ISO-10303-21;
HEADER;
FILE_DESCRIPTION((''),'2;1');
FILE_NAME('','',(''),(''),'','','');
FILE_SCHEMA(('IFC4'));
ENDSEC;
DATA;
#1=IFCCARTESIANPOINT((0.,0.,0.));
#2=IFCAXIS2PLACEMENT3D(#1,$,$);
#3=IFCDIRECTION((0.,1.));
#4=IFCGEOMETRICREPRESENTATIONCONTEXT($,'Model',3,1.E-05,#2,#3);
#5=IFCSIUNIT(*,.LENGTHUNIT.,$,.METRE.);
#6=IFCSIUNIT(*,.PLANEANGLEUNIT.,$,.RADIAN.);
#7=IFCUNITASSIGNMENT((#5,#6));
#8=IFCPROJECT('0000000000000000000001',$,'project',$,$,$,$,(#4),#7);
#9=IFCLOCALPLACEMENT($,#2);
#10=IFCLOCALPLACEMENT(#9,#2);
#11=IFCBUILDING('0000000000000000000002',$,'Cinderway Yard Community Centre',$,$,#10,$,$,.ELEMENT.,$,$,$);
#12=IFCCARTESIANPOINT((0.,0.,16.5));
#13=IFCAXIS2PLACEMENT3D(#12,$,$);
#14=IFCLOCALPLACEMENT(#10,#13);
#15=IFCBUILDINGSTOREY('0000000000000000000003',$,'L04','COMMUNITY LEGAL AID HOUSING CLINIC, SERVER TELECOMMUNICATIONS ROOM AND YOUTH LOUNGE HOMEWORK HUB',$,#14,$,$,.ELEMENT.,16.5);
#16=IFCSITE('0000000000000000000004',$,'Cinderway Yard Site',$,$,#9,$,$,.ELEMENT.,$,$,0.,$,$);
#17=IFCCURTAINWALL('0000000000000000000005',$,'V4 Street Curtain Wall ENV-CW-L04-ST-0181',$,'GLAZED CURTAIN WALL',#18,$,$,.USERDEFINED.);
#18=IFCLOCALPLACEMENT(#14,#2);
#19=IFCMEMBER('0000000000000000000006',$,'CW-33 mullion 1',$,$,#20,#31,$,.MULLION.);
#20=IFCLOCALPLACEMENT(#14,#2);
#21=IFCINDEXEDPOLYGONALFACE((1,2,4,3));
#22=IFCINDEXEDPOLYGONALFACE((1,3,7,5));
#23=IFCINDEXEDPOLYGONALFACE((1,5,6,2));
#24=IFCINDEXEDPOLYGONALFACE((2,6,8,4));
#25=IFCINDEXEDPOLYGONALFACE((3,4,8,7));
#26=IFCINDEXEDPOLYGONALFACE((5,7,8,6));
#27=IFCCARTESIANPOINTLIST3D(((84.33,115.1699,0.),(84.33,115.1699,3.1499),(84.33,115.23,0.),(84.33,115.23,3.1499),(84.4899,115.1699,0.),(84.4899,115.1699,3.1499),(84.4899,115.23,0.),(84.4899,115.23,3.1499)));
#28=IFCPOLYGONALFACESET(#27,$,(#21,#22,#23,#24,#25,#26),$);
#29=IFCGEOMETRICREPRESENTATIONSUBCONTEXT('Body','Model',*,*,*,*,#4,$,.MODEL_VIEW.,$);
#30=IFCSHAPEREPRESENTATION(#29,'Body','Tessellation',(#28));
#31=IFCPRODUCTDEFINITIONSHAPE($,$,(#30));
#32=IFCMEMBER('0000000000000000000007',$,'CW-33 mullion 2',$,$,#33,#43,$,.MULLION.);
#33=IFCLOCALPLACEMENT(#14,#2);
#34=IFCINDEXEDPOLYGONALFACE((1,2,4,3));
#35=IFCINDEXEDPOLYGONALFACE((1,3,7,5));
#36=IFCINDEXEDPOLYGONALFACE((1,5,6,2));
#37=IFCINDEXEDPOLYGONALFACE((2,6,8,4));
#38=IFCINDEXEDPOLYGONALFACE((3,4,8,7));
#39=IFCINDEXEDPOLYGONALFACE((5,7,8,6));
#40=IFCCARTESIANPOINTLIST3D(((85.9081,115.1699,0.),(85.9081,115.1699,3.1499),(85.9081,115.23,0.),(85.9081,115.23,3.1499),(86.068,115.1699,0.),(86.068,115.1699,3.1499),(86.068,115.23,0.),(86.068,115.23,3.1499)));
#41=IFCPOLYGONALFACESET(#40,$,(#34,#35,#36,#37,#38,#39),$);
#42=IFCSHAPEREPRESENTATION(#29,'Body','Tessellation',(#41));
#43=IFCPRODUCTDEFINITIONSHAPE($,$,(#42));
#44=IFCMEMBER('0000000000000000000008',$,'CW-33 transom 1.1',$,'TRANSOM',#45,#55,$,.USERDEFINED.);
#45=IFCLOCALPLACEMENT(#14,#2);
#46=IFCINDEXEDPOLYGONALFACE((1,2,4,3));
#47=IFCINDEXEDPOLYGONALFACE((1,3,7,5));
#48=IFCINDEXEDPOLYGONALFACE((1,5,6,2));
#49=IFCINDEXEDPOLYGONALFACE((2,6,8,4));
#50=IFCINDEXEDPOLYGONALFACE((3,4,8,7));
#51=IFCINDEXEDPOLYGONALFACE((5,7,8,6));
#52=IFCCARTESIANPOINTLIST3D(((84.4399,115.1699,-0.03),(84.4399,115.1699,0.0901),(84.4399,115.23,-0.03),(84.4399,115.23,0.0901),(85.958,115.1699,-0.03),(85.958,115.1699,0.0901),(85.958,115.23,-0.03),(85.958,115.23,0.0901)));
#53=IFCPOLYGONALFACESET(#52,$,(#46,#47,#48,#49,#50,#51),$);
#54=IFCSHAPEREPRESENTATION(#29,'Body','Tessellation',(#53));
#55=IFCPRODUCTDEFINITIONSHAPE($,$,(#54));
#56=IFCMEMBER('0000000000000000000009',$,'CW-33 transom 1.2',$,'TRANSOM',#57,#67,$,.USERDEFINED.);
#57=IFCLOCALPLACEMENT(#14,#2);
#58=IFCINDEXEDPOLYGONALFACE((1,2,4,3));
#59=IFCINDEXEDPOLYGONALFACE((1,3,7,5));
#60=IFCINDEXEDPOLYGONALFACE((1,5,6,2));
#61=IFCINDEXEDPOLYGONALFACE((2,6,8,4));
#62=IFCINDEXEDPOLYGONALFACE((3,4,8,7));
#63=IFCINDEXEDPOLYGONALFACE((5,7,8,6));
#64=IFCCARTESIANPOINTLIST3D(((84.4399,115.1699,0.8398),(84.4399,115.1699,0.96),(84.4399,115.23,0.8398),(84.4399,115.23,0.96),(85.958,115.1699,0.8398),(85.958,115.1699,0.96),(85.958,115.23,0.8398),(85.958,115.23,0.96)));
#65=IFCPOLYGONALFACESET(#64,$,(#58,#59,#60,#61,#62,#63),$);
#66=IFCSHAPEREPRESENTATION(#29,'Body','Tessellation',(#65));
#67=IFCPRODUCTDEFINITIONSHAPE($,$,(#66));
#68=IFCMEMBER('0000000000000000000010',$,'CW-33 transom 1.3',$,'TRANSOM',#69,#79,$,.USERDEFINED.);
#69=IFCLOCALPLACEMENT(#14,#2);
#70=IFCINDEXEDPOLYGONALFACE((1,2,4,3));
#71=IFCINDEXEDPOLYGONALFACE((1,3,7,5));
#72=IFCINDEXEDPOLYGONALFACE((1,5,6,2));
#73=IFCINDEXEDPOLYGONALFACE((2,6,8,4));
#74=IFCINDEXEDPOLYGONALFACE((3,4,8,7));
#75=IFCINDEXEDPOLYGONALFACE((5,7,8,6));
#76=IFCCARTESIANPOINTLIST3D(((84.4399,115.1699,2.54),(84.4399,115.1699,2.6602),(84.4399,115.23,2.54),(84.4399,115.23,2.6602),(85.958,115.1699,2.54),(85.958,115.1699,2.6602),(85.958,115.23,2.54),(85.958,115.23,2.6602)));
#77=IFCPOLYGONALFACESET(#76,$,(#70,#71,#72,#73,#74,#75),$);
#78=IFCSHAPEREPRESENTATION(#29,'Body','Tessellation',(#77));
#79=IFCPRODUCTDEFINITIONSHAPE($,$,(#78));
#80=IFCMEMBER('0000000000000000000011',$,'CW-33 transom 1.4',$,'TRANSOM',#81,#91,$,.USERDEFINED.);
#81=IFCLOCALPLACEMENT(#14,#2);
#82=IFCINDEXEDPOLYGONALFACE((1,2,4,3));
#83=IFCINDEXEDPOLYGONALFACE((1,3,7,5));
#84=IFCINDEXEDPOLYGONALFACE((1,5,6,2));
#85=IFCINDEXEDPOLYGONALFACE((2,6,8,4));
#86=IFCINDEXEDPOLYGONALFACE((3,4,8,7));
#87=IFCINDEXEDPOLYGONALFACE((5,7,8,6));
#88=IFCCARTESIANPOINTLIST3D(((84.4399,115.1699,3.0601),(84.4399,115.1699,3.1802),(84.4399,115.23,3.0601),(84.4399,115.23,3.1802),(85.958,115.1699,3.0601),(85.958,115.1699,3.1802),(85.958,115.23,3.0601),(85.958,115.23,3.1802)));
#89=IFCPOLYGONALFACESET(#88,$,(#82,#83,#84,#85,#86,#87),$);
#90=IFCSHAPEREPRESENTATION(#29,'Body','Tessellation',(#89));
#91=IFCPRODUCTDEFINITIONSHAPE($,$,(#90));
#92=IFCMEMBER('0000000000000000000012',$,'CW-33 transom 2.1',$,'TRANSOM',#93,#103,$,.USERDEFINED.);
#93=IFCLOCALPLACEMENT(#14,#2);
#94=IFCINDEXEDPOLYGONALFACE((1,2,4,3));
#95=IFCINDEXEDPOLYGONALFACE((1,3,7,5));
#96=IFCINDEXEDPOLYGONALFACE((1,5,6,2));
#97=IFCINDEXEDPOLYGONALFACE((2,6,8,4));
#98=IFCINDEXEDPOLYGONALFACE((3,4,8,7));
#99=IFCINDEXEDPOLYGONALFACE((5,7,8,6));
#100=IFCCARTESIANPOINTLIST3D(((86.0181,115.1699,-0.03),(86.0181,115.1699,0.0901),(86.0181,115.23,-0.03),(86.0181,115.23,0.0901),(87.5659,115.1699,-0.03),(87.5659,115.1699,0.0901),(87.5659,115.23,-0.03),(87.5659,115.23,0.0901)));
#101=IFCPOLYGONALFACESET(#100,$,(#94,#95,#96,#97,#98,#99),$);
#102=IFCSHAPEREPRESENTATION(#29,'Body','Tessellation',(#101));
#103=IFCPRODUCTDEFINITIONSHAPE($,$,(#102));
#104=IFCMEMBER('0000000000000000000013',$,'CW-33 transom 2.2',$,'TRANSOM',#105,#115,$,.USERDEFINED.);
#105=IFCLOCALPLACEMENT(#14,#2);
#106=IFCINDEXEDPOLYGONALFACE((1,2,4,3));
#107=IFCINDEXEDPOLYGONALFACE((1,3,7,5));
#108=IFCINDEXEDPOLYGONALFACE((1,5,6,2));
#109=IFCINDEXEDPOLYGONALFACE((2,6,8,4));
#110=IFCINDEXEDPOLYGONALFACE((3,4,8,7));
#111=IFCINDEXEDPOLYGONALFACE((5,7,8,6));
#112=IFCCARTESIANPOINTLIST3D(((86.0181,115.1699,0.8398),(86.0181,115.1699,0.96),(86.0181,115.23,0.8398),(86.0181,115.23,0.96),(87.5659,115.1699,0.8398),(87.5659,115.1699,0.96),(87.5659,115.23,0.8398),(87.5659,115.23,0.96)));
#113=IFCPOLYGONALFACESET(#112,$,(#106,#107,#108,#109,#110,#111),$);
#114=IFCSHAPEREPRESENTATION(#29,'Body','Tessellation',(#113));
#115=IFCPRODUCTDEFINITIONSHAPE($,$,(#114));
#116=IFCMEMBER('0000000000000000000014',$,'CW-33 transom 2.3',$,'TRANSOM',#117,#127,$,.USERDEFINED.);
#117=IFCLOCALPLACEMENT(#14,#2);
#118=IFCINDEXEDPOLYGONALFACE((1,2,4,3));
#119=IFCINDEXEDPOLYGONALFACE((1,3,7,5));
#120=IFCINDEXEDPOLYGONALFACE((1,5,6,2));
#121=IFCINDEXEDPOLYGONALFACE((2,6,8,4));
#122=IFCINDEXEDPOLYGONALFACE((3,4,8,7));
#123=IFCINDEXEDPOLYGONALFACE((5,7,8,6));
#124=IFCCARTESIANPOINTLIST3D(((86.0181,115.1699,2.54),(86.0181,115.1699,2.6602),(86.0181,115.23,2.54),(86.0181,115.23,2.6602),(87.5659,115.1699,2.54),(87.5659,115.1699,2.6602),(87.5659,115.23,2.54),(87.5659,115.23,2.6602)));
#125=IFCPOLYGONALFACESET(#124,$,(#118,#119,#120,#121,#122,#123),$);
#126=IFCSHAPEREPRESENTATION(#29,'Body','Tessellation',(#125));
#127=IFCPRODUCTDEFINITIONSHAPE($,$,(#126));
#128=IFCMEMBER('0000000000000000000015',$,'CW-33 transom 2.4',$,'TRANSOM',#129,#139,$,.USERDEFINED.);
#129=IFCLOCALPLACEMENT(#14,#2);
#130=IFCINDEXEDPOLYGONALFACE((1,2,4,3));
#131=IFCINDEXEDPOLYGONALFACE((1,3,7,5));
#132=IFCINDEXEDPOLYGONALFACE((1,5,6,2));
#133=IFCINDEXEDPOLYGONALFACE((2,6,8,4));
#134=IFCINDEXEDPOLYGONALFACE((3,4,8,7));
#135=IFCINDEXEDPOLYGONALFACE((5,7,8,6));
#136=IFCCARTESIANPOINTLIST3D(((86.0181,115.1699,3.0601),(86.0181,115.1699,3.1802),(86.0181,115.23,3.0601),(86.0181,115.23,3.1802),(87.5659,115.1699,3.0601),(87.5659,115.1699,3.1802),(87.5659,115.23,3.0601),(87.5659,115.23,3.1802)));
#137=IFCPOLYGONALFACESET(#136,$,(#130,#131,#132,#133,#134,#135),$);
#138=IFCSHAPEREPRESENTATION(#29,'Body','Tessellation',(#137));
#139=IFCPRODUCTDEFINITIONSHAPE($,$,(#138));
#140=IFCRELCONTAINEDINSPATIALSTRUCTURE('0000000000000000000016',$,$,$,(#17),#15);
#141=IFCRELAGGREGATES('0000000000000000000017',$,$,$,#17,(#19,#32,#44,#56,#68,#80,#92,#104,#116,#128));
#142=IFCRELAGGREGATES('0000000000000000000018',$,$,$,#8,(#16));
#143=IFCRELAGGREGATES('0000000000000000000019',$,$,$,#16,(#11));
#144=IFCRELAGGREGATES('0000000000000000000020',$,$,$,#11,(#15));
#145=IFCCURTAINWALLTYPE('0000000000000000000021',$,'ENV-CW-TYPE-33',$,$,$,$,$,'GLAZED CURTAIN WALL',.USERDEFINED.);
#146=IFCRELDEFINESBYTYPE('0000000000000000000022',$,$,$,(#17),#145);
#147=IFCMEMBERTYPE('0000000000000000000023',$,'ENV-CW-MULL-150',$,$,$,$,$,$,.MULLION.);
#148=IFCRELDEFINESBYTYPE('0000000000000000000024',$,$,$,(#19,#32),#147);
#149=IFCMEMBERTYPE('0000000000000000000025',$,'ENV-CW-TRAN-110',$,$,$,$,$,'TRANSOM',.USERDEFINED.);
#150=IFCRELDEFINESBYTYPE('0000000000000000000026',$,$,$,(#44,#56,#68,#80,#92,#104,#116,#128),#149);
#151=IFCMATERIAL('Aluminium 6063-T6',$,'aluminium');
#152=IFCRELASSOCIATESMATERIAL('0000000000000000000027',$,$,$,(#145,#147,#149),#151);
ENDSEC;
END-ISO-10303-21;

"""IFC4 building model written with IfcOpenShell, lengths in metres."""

from ifc_helpers import new_model, si_unit, direction, frame, origin, origin_2d, place, context, subcontext, project, spatial, rectangle, extrude, material, material_profile, profile_set, type_object, element, aggregate, save


model = new_model("IFC4")

# Units and contexts
model_context = context("Model", 3, precision=1e-05, world=origin(), true_north=direction((0.0, 1.0)))
body_context = subcontext(model_context, "Body", "Model", "MODEL_VIEW")
ifc_project = project(units=[si_unit("LENGTHUNIT", "METRE"), si_unit("PLANEANGLEUNIT", "RADIAN")], contexts=[model_context])

# Site, building, storey
site_placement = place(None, origin())
site = spatial("IfcSite", under=ifc_project, at=site_placement, Name="Cinderway Yard Site", CompositionType="ELEMENT", RefElevation=0.0)
building_placement = place(site_placement, origin())
building = spatial("IfcBuilding", under=site, at=building_placement, Name="Cinderway Yard Community Centre", CompositionType="ELEMENT")
storey_placement = place(building_placement, frame((0.0, 0.0, 16.5)))
storey = spatial("IfcBuildingStorey", under=building, at=storey_placement, Name="L04", Description="COMMUNITY LEGAL AID HOUSING CLINIC, SERVER TELECOMMUNICATIONS ROOM AND YOUTH LOUNGE HOMEWORK HUB", CompositionType="ELEMENT", Elevation=16.5)

# Curtain wall, members
ifc_material_1 = material(Name="Aluminium 6063-T6", Category="aluminium")
curtain_wall_type = type_object("IfcCurtainWallType", Name="ENV-CW-TYPE-33", ElementType="GLAZED CURTAIN WALL", PredefinedType="USERDEFINED", material=ifc_material_1)
curtain_wall_placement = place(storey_placement, origin())
curtain_wall = element("IfcCurtainWall", 1, at=curtain_wall_placement, inside=storey, type_object=curtain_wall_type, Name="V4 Street Curtain Wall ENV-CW-L04-ST-0181", ObjectType="GLAZED CURTAIN WALL", PredefinedType="USERDEFINED")
ifc_material_profile_1 = material_profile(ifc_material_1, rectangle(XDim=0.0601, YDim=0.1599, at=origin_2d()), Name="Aluminium 6063-T6")
ifc_profile_set_1 = profile_set([ifc_material_profile_1], Name="Aluminium 6063-T6")
member_type_1 = type_object("IfcMemberType", Name="ENV-CW-MULL-150", PredefinedType="MULLION", material=ifc_profile_set_1)
member_1_placement = place(storey_placement, frame((84.4099, 115.2, 0.0), z_axis=(0.0, 0.0, 1.0), x_axis=(0.0, 1.0, 0.0)))
member_1 = element("IfcMember", 2, at=member_1_placement, type_object=member_type_1, Name="CW-33 mullion 1", PredefinedType="MULLION", context=body_context, shape_type="SweptSolid", body=[
    extrude(rectangle(XDim=0.0601, YDim=0.1599, at=origin_2d()), origin(), (0.0, 0.0, 1.0), 3.1499),
])
member_2_placement = place(storey_placement, frame((85.988, 115.2, 0.0), z_axis=(0.0, 0.0, 1.0), x_axis=(0.0, 1.0, 0.0)))
member_2 = element("IfcMember", 3, at=member_2_placement, type_object=member_type_1, Name="CW-33 mullion 2", PredefinedType="MULLION", context=body_context, shape_type="SweptSolid", body=[
    extrude(rectangle(XDim=0.0601, YDim=0.1599, at=origin_2d()), origin(), (0.0, 0.0, 1.0), 3.1499),
])
ifc_material_profile_2 = material_profile(ifc_material_1, rectangle(XDim=0.0601, YDim=0.1201, at=origin_2d()), Name="Aluminium 6063-T6")
ifc_profile_set_2 = profile_set([ifc_material_profile_2], Name="Aluminium 6063-T6")
member_type_2 = type_object("IfcMemberType", Name="ENV-CW-TRAN-110", ElementType="TRANSOM", PredefinedType="USERDEFINED", material=ifc_profile_set_2)
member_3_placement = place(storey_placement, frame((84.4399, 115.2, 0.03), z_axis=(1.0, 0.0, 0.0), x_axis=(0.0, 1.0, 0.0)))
member_3 = element("IfcMember", 4, at=member_3_placement, type_object=member_type_2, Name="CW-33 transom 1.1", ObjectType="TRANSOM", PredefinedType="USERDEFINED", context=body_context, shape_type="SweptSolid", body=[
    extrude(rectangle(XDim=0.0601, YDim=0.1201, at=origin_2d()), origin(), (0.0, 0.0, 1.0), 1.5181),
])
member_4_placement = place(storey_placement, frame((84.4399, 115.2, 0.8999), z_axis=(1.0, 0.0, 0.0), x_axis=(0.0, 1.0, 0.0)))
member_4 = element("IfcMember", 5, at=member_4_placement, type_object=member_type_2, Name="CW-33 transom 1.2", ObjectType="TRANSOM", PredefinedType="USERDEFINED", context=body_context, shape_type="SweptSolid", body=[
    extrude(rectangle(XDim=0.0601, YDim=0.1201, at=origin_2d()), origin(), (0.0, 0.0, 1.0), 1.5181),
])
member_5_placement = place(storey_placement, frame((84.4399, 115.2, 2.6001), z_axis=(1.0, 0.0, 0.0), x_axis=(0.0, 1.0, 0.0)))
member_5 = element("IfcMember", 6, at=member_5_placement, type_object=member_type_2, Name="CW-33 transom 1.3", ObjectType="TRANSOM", PredefinedType="USERDEFINED", context=body_context, shape_type="SweptSolid", body=[
    extrude(rectangle(XDim=0.0601, YDim=0.1201, at=origin_2d()), origin(), (0.0, 0.0, 1.0), 1.5181),
])
member_6_placement = place(storey_placement, frame((84.4399, 115.2, 3.1201), z_axis=(1.0, 0.0, 0.0), x_axis=(0.0, 1.0, 0.0)))
member_6 = element("IfcMember", 7, at=member_6_placement, type_object=member_type_2, Name="CW-33 transom 1.4", ObjectType="TRANSOM", PredefinedType="USERDEFINED", context=body_context, shape_type="SweptSolid", body=[
    extrude(rectangle(XDim=0.0601, YDim=0.1201, at=origin_2d()), origin(), (0.0, 0.0, 1.0), 1.5181),
])
member_7_placement = place(storey_placement, frame((86.0181, 115.2, 0.03), z_axis=(1.0, 0.0, 0.0), x_axis=(0.0, 1.0, 0.0)))
member_7 = element("IfcMember", 8, at=member_7_placement, type_object=member_type_2, Name="CW-33 transom 2.1", ObjectType="TRANSOM", PredefinedType="USERDEFINED", context=body_context, shape_type="SweptSolid", body=[
    extrude(rectangle(XDim=0.0601, YDim=0.1201, at=origin_2d()), origin(), (0.0, 0.0, 1.0), 1.5479),
])
member_8_placement = place(storey_placement, frame((86.0181, 115.2, 0.8999), z_axis=(1.0, 0.0, 0.0), x_axis=(0.0, 1.0, 0.0)))
member_8 = element("IfcMember", 9, at=member_8_placement, type_object=member_type_2, Name="CW-33 transom 2.2", ObjectType="TRANSOM", PredefinedType="USERDEFINED", context=body_context, shape_type="SweptSolid", body=[
    extrude(rectangle(XDim=0.0601, YDim=0.1201, at=origin_2d()), origin(), (0.0, 0.0, 1.0), 1.5479),
])
member_9_placement = place(storey_placement, frame((86.0181, 115.2, 2.6001), z_axis=(1.0, 0.0, 0.0), x_axis=(0.0, 1.0, 0.0)))
member_9 = element("IfcMember", 10, at=member_9_placement, type_object=member_type_2, Name="CW-33 transom 2.3", ObjectType="TRANSOM", PredefinedType="USERDEFINED", context=body_context, shape_type="SweptSolid", body=[
    extrude(rectangle(XDim=0.0601, YDim=0.1201, at=origin_2d()), origin(), (0.0, 0.0, 1.0), 1.5479),
])
member_10_placement = place(storey_placement, frame((86.0181, 115.2, 3.1201), z_axis=(1.0, 0.0, 0.0), x_axis=(0.0, 1.0, 0.0)))
member_10 = element("IfcMember", 11, at=member_10_placement, type_object=member_type_2, Name="CW-33 transom 2.4", ObjectType="TRANSOM", PredefinedType="USERDEFINED", context=body_context, shape_type="SweptSolid", body=[
    extrude(rectangle(XDim=0.0601, YDim=0.1201, at=origin_2d()), origin(), (0.0, 0.0, 1.0), 1.5479),
])

aggregate(curtain_wall, [member_1, member_2, member_3, member_4, member_5, member_6, member_7, member_8, member_9, member_10])

save(model, "model.ifc")
